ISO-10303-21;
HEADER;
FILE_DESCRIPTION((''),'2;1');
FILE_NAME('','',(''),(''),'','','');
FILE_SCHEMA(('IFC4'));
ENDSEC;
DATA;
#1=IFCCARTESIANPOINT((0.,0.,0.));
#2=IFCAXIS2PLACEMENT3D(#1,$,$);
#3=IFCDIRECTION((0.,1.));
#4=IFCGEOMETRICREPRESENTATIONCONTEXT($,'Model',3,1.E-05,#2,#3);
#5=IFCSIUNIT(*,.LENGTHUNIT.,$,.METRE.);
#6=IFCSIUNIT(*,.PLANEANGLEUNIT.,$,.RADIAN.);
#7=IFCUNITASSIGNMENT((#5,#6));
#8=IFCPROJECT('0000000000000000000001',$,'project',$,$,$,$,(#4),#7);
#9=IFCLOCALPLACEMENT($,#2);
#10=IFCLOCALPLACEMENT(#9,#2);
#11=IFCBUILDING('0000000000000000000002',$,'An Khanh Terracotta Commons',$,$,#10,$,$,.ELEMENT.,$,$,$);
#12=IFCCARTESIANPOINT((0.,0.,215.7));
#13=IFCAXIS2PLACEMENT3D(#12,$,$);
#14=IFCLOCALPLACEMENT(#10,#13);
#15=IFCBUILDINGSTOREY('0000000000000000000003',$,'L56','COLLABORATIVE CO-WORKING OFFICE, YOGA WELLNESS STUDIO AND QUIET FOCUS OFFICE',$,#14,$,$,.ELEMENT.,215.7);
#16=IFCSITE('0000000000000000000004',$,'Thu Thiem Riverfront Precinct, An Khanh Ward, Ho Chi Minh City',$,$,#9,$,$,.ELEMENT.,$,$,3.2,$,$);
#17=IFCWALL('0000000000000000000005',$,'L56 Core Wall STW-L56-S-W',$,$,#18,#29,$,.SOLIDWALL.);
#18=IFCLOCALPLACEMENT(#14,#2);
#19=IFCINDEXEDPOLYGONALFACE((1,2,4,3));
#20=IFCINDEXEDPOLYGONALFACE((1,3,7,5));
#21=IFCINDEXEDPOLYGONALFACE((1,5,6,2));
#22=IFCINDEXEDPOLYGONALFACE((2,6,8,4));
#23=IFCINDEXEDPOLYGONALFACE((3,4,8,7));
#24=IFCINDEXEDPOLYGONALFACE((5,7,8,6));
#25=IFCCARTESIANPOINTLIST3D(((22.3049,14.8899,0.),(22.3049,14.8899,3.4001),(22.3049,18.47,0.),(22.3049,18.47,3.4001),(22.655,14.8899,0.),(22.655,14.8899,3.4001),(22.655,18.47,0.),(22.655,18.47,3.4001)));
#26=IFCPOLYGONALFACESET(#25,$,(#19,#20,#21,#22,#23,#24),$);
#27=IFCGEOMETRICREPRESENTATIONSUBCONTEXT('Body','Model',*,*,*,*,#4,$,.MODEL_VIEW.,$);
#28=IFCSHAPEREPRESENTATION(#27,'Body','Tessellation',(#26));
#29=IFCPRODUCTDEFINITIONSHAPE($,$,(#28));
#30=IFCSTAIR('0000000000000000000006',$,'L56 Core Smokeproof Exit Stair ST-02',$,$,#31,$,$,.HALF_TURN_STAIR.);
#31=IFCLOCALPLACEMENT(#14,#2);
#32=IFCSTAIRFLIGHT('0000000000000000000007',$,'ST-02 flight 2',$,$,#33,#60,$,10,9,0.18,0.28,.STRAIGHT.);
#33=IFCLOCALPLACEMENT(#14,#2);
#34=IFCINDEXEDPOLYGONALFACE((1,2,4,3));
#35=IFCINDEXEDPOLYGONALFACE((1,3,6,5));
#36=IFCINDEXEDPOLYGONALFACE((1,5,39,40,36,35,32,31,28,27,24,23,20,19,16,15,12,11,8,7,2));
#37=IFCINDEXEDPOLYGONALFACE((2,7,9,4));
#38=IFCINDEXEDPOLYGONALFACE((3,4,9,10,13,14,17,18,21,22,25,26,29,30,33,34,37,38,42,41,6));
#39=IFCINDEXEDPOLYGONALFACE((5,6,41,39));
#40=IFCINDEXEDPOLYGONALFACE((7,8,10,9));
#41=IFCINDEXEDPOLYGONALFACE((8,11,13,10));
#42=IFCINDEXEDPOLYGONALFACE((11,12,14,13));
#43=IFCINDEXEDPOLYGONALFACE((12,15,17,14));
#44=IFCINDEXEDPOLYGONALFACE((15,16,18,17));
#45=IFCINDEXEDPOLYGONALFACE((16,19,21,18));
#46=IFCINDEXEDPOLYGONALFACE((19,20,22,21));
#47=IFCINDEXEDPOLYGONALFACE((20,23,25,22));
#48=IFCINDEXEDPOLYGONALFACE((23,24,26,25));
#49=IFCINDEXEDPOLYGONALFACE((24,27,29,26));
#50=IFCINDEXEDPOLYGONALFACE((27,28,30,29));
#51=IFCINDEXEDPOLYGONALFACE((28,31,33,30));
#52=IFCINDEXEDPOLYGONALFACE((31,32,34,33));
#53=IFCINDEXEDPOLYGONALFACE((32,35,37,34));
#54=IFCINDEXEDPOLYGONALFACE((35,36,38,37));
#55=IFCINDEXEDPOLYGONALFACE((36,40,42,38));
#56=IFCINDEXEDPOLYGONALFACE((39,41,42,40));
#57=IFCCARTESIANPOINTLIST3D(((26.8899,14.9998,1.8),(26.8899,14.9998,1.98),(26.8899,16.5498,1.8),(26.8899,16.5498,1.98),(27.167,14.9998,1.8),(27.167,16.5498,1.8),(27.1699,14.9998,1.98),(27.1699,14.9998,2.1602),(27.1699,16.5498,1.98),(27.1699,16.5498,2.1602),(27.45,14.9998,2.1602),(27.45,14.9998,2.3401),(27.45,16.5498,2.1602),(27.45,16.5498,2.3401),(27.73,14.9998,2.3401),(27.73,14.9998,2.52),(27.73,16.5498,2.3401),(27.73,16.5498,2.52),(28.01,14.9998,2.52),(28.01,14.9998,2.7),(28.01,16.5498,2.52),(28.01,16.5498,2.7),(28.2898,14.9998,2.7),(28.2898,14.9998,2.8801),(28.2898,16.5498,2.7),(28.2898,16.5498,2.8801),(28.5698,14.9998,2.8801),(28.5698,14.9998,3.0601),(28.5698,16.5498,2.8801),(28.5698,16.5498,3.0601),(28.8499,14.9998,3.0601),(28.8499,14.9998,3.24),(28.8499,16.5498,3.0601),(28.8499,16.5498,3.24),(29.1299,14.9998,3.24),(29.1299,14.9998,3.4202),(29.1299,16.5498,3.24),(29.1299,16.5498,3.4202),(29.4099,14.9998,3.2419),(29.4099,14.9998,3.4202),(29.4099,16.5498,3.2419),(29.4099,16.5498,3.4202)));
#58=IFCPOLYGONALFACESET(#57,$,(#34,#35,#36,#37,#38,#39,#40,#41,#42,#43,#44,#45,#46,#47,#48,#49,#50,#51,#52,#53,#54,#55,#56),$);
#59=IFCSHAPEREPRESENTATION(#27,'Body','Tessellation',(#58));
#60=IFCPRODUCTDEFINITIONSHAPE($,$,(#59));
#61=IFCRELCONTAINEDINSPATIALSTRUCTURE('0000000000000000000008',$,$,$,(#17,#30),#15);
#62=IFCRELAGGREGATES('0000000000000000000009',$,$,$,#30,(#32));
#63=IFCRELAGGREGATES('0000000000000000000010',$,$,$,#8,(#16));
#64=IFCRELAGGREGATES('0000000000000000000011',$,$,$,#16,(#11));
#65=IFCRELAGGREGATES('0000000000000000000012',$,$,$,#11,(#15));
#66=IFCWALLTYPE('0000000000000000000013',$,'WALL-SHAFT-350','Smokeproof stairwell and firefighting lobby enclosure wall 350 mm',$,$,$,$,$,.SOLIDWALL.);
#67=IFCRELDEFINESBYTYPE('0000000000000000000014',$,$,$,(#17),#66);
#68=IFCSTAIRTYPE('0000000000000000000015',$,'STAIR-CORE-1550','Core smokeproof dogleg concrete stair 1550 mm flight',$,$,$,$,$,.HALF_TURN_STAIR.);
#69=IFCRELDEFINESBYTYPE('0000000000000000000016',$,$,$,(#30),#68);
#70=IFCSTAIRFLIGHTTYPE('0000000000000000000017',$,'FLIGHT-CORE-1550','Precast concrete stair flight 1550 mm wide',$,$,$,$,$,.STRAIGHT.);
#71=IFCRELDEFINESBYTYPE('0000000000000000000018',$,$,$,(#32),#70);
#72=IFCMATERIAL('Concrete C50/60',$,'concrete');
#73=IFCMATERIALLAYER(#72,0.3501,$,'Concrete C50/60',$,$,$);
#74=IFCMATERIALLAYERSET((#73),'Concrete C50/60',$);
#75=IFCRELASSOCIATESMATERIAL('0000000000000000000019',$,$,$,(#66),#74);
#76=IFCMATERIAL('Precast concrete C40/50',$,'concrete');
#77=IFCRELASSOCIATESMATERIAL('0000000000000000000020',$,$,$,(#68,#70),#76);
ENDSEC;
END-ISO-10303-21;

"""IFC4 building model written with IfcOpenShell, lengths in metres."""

from ifc_helpers import new_model, si_unit, direction, frame, frame_2d, origin, place, context, subcontext, project, spatial, polyline, rectangle, outline, extrude, material, layer, layer_set, type_object, element, aggregate, save


model = new_model("IFC4")

# Units and contexts
model_context = context("Model", 3, precision=1e-05, world=origin(), true_north=direction((0.0, 1.0)))
body_context = subcontext(model_context, "Body", "Model", "MODEL_VIEW")
ifc_project = project(units=[si_unit("LENGTHUNIT", "METRE"), si_unit("PLANEANGLEUNIT", "RADIAN")], contexts=[model_context])

# Site, building, storey
site_placement = place(None, origin())
site = spatial("IfcSite", under=ifc_project, at=site_placement, Name="Thu Thiem Riverfront Precinct, An Khanh Ward, Ho Chi Minh City", CompositionType="ELEMENT", RefElevation=3.2)
building_placement = place(site_placement, origin())
building = spatial("IfcBuilding", under=site, at=building_placement, Name="An Khanh Terracotta Commons", CompositionType="ELEMENT")
storey_placement = place(building_placement, frame((0.0, 0.0, 215.7)))
storey = spatial("IfcBuildingStorey", under=building, at=storey_placement, Name="L56", Description="COLLABORATIVE CO-WORKING OFFICE, YOGA WELLNESS STUDIO AND QUIET FOCUS OFFICE", CompositionType="ELEMENT", Elevation=215.7)

# Shared definitions
ifc_material_1 = material(Name="Concrete C50/60", Category="concrete")

# Shared definitions
ifc_material_2 = material(Name="Precast concrete C40/50", Category="concrete")

# Wall
ifc_layer_1 = layer(ifc_material_1, 0.3501, Name="Concrete C50/60")
ifc_layer_set_1 = layer_set([ifc_layer_1], Name="Concrete C50/60")
wall_type_1 = type_object("IfcWallType", Name="WALL-SHAFT-350", Description="Smokeproof stairwell and firefighting lobby enclosure wall 350 mm", PredefinedType="SOLIDWALL", material=ifc_layer_set_1)
wall_1_placement = place(storey_placement, frame((22.48, 14.8899, 0.0), z_axis=(0.0, 0.0, 1.0), x_axis=(0.0, 1.0, 0.0)))
element("IfcWall", 1, at=wall_1_placement, inside=storey, type_object=wall_type_1, Name="L56 Core Wall STW-L56-S-W", PredefinedType="SOLIDWALL", context=body_context, shape_type="SweptSolid", body=[
    extrude(rectangle(XDim=3.5801, YDim=0.3501, at=frame_2d((1.79, 0.0))), origin(), (0.0, 0.0, 1.0), 3.4001),
])

# Stair, stair flight
stair_type = type_object("IfcStairType", Name="STAIR-CORE-1550", Description="Core smokeproof dogleg concrete stair 1550 mm flight", PredefinedType="HALF_TURN_STAIR", material=ifc_material_2)
stair_placement = place(storey_placement, origin())
stair = element("IfcStair", 2, at=stair_placement, inside=storey, type_object=stair_type, Name="L56 Core Smokeproof Exit Stair ST-02", PredefinedType="HALF_TURN_STAIR")
stair_flight_type = type_object("IfcStairFlightType", Name="FLIGHT-CORE-1550", Description="Precast concrete stair flight 1550 mm wide", PredefinedType="STRAIGHT", material=ifc_material_2)
stair_flight_placement = place(storey_placement, frame((26.8899, 15.7749, 1.8), z_axis=(0.0, 0.0, 1.0), x_axis=(1.0, 0.0, 0.0)))
stair_flight = element("IfcStairFlight", 3, at=stair_flight_placement, type_object=stair_flight_type, Name="ST-02 flight 2", NumberOfRisers=10, NumberOfTreads=9, PredefinedType="STRAIGHT", RiserHeight=0.18, TreadLength=0.28, context=body_context, shape_type="SweptSolid", body=[
    extrude(outline(polyline([(0.0, 0.0), (0.0, 0.1799), (0.28, 0.1799), (0.28, 0.3601), (0.5601, 0.3601), (0.5601, 0.54), (0.8401, 0.54), (0.8401, 0.72), (1.1201, 0.72), (1.1201, 0.8999), (1.3999, 0.8999), (1.3999, 1.0801), (1.6799, 1.0801), (1.6799, 1.26), (1.96, 1.26), (1.96, 1.4399), (2.24, 1.4399), (2.24, 1.6201), (2.52, 1.6201), (2.52, 1.8), (2.52, 1.4419), (0.2771, 0.0), (0.0, 0.0)])), frame((0.0, 0.7749, 0.0), z_axis=(0.0, -1.0, 0.0), x_axis=(1.0, 0.0, 0.0)), (0.0, 0.0, 1.0), 1.55),
])
aggregate(stair, [stair_flight])

save(model, "model.ifc")
